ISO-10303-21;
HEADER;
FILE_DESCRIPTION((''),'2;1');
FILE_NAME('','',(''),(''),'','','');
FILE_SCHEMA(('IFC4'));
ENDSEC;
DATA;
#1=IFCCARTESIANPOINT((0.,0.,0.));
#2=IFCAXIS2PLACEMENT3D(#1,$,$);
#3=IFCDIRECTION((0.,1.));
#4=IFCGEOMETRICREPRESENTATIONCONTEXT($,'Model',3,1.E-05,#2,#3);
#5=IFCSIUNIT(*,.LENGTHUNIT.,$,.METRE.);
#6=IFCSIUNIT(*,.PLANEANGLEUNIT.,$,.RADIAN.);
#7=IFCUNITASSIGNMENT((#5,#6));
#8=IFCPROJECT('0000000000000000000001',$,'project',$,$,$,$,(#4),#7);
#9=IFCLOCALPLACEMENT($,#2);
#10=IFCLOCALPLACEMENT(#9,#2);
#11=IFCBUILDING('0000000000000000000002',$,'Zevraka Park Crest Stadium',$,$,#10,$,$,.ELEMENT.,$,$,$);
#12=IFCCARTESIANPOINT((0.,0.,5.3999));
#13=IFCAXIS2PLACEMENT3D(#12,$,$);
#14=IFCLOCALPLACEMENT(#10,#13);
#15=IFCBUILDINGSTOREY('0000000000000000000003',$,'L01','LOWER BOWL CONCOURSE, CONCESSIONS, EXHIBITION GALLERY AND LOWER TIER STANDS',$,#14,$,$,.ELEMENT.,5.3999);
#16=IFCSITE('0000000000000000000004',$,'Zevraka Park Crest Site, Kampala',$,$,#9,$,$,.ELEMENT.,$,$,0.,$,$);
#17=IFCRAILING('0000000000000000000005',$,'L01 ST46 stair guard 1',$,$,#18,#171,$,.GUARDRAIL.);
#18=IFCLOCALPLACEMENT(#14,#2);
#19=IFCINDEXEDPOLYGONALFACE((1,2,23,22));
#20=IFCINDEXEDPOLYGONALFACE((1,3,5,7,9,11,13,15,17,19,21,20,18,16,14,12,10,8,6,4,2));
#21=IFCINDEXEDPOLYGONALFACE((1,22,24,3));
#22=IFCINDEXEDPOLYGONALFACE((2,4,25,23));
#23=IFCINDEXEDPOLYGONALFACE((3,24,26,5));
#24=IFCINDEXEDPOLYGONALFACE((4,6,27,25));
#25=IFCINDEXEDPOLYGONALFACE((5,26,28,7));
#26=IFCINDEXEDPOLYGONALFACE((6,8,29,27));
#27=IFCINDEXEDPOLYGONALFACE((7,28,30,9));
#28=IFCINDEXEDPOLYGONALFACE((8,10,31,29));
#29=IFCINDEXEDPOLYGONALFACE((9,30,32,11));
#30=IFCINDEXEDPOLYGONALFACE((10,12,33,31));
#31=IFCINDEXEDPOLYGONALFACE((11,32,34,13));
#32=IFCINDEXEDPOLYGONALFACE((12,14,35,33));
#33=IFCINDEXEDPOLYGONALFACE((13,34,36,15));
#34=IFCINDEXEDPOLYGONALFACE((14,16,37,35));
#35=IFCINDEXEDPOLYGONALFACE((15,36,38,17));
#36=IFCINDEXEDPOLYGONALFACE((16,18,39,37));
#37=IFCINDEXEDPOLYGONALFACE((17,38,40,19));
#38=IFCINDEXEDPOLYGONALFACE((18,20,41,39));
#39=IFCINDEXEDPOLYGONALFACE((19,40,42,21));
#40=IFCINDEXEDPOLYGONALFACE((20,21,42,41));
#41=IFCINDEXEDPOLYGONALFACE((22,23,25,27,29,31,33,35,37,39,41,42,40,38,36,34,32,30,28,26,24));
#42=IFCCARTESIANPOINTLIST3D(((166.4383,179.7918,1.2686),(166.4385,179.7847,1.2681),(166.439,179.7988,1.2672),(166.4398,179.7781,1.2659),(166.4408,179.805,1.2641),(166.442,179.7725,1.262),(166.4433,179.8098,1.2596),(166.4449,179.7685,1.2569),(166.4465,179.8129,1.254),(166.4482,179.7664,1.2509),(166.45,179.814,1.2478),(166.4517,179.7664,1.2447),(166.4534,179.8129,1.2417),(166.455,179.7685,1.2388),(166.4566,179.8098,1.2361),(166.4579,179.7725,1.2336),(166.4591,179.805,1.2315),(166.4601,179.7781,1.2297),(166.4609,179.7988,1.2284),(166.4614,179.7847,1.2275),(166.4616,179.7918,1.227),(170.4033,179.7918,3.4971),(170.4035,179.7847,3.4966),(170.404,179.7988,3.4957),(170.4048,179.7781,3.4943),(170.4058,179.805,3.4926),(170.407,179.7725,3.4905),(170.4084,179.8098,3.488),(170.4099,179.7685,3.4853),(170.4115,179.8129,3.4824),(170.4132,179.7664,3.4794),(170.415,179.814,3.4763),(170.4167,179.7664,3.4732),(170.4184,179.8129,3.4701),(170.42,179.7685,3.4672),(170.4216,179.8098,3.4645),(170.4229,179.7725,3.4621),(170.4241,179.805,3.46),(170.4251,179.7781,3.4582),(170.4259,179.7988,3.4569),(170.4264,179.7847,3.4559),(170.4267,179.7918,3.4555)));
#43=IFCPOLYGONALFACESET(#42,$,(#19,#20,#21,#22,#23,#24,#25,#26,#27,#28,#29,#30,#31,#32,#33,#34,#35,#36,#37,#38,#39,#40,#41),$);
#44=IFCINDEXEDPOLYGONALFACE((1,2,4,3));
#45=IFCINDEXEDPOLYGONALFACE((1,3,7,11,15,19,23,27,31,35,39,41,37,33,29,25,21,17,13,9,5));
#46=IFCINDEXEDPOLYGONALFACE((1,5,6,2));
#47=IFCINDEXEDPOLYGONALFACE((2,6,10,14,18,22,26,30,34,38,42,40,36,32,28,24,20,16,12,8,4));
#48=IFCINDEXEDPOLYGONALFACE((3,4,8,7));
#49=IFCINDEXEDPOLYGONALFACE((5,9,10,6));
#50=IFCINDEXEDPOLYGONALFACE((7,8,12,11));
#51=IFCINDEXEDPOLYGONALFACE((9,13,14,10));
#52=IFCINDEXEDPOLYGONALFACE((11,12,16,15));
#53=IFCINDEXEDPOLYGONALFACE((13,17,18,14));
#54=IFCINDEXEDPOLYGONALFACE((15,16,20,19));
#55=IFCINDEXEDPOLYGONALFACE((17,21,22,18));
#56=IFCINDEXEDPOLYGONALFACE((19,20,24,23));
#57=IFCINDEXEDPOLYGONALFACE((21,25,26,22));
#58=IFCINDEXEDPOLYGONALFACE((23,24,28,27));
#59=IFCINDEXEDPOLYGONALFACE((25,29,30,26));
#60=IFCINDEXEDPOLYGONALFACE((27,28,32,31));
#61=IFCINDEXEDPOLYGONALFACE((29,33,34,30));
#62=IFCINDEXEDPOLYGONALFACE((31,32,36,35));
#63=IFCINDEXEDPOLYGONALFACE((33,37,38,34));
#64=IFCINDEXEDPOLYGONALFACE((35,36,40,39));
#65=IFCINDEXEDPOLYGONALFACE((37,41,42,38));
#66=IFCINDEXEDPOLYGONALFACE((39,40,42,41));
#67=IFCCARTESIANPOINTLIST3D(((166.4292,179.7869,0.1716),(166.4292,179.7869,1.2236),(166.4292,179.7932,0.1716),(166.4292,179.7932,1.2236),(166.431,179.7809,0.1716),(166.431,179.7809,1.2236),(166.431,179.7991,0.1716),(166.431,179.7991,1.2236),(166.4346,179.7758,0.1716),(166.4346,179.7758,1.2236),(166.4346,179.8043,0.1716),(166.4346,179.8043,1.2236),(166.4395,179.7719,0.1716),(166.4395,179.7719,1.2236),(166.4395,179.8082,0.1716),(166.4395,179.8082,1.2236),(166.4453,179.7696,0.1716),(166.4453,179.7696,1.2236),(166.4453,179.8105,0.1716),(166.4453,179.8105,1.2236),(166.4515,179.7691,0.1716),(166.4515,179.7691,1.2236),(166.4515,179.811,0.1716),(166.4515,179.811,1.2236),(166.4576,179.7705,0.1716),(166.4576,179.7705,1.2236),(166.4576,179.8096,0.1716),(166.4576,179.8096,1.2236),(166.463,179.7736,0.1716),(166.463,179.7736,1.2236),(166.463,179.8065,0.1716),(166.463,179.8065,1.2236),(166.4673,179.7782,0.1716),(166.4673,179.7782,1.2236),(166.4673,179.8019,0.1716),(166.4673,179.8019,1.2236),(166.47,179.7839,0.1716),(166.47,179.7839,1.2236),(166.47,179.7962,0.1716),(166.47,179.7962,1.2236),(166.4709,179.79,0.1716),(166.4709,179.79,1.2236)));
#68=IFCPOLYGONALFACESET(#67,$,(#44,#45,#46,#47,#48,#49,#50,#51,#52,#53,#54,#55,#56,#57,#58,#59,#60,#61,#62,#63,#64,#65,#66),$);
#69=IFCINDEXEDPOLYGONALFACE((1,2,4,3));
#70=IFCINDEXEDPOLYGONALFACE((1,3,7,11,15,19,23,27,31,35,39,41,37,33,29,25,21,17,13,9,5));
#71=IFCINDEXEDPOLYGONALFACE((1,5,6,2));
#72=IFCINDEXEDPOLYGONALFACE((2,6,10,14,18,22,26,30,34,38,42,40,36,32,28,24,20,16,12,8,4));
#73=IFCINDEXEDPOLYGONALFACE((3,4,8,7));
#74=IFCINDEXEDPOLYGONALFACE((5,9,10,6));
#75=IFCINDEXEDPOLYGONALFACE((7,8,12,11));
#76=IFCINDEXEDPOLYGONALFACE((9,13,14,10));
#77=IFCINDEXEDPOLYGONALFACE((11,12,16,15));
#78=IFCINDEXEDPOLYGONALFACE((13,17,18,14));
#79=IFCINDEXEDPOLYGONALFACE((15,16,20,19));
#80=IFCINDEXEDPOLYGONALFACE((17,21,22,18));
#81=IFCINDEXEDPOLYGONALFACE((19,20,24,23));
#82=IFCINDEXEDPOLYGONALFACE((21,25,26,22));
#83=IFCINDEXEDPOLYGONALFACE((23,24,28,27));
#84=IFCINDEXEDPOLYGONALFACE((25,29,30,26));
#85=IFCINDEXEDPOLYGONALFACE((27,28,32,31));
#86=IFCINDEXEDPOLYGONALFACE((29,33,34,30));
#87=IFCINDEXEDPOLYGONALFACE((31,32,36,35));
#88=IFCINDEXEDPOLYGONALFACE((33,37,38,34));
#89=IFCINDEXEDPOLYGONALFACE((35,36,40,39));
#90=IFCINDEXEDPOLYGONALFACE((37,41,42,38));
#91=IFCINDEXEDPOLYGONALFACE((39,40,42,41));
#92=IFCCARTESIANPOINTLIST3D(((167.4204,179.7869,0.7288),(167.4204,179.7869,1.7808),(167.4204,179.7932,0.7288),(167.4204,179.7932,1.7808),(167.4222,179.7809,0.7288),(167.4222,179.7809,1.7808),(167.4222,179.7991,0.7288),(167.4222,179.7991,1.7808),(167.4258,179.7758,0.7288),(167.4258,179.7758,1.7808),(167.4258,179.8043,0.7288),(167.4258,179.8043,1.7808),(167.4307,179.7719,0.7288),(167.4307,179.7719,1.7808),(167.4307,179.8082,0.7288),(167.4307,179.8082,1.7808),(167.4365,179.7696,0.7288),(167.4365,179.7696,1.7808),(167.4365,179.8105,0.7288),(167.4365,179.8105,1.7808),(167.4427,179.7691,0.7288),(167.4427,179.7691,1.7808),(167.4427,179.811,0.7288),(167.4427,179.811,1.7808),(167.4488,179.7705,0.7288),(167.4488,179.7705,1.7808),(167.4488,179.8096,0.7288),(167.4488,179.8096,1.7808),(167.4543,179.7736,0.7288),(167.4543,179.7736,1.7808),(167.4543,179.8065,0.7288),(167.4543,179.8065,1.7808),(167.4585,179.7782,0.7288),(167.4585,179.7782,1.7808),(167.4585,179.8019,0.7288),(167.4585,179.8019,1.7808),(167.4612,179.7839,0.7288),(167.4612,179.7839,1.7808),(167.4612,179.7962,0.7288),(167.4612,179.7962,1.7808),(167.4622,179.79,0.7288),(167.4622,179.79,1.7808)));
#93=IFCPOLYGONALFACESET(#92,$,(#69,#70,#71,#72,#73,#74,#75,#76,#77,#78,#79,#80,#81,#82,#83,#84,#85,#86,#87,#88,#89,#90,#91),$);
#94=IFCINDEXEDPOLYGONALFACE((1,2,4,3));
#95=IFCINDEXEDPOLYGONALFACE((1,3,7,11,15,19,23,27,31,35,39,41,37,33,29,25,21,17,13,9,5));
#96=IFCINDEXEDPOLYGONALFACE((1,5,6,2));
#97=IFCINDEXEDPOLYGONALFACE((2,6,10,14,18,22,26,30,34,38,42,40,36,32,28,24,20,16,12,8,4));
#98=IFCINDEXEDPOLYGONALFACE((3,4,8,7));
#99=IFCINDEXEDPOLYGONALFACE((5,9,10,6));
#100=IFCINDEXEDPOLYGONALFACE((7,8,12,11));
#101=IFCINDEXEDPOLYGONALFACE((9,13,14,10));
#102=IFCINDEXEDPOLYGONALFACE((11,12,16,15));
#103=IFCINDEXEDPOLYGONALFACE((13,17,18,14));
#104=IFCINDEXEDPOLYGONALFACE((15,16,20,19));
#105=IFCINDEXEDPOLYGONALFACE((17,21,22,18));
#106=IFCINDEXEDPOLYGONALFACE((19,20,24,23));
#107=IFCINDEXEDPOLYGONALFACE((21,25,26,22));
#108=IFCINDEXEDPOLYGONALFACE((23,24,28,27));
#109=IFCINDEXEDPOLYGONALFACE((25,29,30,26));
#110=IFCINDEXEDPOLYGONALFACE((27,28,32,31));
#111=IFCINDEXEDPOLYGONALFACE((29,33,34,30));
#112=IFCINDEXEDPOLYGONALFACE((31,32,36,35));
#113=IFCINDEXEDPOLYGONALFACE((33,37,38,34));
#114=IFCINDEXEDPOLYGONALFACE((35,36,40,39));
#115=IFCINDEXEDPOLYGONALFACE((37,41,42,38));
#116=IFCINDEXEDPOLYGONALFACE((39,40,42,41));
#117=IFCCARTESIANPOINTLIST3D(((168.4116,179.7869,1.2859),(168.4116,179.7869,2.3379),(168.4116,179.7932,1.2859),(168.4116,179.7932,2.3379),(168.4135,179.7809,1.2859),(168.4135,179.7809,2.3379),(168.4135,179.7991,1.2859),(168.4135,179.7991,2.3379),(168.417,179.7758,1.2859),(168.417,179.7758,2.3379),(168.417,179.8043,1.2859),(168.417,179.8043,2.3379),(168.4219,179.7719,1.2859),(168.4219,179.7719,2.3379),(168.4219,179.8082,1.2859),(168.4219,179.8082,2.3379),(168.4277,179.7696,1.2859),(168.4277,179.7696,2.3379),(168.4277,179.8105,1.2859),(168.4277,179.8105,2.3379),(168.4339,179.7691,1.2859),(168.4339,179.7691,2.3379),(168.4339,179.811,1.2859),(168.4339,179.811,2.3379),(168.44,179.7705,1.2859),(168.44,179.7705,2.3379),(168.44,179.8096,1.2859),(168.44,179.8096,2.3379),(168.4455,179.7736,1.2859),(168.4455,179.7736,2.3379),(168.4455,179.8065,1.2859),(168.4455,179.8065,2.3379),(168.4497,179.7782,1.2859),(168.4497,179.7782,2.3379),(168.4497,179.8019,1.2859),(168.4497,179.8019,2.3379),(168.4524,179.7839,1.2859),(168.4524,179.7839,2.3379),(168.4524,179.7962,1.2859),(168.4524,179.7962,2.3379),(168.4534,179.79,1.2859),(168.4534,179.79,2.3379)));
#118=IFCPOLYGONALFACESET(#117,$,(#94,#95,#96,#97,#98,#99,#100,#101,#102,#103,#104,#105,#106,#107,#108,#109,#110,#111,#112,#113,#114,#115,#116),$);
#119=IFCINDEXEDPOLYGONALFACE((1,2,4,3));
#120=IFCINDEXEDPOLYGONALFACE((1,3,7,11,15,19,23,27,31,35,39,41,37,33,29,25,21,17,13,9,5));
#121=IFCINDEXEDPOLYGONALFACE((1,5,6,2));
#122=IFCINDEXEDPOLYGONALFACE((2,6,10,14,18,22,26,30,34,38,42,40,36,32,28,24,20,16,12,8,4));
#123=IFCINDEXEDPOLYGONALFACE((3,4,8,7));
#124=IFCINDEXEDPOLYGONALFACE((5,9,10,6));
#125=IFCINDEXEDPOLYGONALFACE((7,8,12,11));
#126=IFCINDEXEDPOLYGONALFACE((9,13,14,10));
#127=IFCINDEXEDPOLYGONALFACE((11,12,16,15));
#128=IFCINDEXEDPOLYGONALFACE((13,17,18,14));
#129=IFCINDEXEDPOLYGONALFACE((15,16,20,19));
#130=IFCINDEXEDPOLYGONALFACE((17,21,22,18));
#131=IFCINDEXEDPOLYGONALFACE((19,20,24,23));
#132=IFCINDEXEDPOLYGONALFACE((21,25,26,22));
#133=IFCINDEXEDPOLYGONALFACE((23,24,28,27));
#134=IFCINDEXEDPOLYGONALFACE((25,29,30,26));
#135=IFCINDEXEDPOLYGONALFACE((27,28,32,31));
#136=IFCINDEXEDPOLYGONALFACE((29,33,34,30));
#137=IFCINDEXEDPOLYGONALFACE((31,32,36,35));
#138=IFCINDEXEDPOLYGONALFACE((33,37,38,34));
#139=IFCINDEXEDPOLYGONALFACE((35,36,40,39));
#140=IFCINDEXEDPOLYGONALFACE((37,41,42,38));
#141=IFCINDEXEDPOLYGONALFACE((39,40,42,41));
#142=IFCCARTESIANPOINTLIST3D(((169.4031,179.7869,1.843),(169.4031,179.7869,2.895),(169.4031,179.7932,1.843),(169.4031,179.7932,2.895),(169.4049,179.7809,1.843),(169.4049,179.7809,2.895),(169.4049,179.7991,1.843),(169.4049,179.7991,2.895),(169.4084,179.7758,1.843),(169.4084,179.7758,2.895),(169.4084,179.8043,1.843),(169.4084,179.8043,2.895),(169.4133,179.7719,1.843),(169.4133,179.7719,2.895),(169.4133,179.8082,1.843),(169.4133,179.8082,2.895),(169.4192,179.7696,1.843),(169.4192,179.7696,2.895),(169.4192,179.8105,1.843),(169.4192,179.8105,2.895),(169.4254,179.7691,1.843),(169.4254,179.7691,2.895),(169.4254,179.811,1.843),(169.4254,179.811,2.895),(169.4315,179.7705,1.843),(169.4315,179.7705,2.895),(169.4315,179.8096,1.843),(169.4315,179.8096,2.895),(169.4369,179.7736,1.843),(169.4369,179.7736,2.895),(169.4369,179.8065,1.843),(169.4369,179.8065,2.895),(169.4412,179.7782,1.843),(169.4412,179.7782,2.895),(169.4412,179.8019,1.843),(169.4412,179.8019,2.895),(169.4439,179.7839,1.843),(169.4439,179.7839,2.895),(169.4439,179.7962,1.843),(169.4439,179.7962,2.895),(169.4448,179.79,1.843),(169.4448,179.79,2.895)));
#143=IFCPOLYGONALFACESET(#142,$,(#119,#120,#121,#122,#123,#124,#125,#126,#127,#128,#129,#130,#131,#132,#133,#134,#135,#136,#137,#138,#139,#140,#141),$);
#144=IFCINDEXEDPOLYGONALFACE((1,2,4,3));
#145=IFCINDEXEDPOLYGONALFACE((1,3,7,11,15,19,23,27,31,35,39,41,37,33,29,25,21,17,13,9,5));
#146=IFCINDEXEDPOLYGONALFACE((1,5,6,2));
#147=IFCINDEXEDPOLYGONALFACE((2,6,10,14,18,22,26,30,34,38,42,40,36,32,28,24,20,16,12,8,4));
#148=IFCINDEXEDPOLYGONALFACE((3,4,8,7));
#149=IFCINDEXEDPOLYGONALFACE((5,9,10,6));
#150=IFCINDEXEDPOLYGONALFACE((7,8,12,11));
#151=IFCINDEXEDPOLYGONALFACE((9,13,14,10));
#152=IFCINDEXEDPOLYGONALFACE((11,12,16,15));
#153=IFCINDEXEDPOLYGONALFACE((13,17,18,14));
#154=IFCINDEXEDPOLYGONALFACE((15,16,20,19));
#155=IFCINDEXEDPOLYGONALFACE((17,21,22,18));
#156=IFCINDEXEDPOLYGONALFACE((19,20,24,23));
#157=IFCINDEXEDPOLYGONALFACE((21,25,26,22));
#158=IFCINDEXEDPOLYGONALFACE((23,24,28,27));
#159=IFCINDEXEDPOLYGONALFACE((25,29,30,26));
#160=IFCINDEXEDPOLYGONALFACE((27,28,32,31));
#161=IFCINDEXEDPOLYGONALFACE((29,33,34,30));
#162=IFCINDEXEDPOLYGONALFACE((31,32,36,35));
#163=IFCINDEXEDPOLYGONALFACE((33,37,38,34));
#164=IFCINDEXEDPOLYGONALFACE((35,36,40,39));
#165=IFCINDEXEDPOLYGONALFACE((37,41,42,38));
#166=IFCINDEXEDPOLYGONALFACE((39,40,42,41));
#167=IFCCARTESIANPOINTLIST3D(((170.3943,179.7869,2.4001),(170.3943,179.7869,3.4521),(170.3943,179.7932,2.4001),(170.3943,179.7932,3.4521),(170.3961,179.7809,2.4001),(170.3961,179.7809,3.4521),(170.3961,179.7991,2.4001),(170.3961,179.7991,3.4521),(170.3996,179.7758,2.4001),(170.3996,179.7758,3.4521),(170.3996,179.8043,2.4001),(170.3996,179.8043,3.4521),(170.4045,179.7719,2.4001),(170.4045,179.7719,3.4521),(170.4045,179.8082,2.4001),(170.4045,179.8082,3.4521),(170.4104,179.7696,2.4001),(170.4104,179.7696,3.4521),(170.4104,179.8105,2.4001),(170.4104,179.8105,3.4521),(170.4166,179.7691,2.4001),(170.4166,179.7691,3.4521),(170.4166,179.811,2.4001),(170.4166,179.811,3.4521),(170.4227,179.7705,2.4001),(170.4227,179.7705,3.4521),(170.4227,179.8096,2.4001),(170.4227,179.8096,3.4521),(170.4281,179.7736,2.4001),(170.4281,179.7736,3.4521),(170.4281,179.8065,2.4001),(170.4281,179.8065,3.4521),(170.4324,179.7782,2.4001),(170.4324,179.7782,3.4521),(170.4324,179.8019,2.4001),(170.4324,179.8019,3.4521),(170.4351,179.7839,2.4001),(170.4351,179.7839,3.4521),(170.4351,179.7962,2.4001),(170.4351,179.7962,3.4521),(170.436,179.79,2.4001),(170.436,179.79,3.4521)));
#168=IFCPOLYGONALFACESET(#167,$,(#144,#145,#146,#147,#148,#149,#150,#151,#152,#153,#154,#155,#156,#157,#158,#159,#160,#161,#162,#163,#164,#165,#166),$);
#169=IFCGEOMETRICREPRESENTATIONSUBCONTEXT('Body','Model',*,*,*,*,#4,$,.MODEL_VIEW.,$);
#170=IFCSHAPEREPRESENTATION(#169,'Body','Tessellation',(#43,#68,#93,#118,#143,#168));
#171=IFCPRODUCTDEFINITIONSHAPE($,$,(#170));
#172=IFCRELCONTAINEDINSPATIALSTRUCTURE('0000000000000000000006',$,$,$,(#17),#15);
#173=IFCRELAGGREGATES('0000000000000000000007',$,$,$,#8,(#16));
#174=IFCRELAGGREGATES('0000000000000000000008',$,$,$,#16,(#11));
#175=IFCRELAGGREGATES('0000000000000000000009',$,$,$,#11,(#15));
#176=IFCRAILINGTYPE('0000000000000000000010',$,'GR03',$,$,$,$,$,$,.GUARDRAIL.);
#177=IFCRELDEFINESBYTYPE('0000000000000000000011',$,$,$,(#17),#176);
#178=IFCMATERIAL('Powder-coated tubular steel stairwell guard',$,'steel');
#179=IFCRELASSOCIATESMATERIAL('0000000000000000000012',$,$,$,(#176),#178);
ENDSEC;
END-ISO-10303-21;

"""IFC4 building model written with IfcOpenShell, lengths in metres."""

from ifc_helpers import new_model, si_unit, direction, frame, origin, origin_2d, place, context, subcontext, project, spatial, circle, extrude, material, type_object, element, save


model = new_model("IFC4")

# Units and contexts
model_context = context("Model", 3, precision=1e-05, world=origin(), true_north=direction((0.0, 1.0)))
body_context = subcontext(model_context, "Body", "Model", "MODEL_VIEW")
ifc_project = project(units=[si_unit("LENGTHUNIT", "METRE"), si_unit("PLANEANGLEUNIT", "RADIAN")], contexts=[model_context])

# Site, building, storey
site_placement = place(None, origin())
site = spatial("IfcSite", under=ifc_project, at=site_placement, Name="Zevraka Park Crest Site, Kampala", CompositionType="ELEMENT", RefElevation=0.0)
building_placement = place(site_placement, origin())
building = spatial("IfcBuilding", under=site, at=building_placement, Name="Zevraka Park Crest Stadium", CompositionType="ELEMENT")
storey_placement = place(building_placement, frame((0.0, 0.0, 5.3999)))
storey = spatial("IfcBuildingStorey", under=building, at=storey_placement, Name="L01", Description="LOWER BOWL CONCOURSE, CONCESSIONS, EXHIBITION GALLERY AND LOWER TIER STANDS", CompositionType="ELEMENT", Elevation=5.3999)

# Railing
ifc_material_1 = material(Name="Powder-coated tubular steel stairwell guard", Category="steel")
railing_type_1 = type_object("IfcRailingType", Name="GR03", PredefinedType="GUARDRAIL", material=ifc_material_1)
railing_1_placement = place(storey_placement, frame((166.45, 179.79, 0.1716)))
element("IfcRailing", 1, at=railing_1_placement, inside=storey, type_object=railing_type_1, Name="L01 ST46 stair guard 1", PredefinedType="GUARDRAIL", context=body_context, shape_type="SweptSolid", body=[
    extrude(circle(Radius=0.0239, at=origin_2d()), frame((0.0, 0.0, 1.0762), z_axis=(0.871749, 0.0, 0.489953), x_axis=(0.0, 1.0, 0.0)), (0.0, 0.0, 1.0), 4.5483),
    extrude(circle(Radius=0.021, at=origin_2d()), origin(), (0.0, 0.0, 1.0), 1.052),
    extrude(circle(Radius=0.021, at=origin_2d()), frame((0.9912, 0.0, 0.5571)), (0.0, 0.0, 1.0), 1.052),
    extrude(circle(Radius=0.021, at=origin_2d()), frame((1.9824, 0.0, 1.1143)), (0.0, 0.0, 1.0), 1.052),
    extrude(circle(Radius=0.021, at=origin_2d()), frame((2.9739, 0.0, 1.6714)), (0.0, 0.0, 1.0), 1.052),
    extrude(circle(Radius=0.021, at=origin_2d()), frame((3.9651, 0.0, 2.2285)), (0.0, 0.0, 1.0), 1.052),
])

save(model, "model.ifc")
